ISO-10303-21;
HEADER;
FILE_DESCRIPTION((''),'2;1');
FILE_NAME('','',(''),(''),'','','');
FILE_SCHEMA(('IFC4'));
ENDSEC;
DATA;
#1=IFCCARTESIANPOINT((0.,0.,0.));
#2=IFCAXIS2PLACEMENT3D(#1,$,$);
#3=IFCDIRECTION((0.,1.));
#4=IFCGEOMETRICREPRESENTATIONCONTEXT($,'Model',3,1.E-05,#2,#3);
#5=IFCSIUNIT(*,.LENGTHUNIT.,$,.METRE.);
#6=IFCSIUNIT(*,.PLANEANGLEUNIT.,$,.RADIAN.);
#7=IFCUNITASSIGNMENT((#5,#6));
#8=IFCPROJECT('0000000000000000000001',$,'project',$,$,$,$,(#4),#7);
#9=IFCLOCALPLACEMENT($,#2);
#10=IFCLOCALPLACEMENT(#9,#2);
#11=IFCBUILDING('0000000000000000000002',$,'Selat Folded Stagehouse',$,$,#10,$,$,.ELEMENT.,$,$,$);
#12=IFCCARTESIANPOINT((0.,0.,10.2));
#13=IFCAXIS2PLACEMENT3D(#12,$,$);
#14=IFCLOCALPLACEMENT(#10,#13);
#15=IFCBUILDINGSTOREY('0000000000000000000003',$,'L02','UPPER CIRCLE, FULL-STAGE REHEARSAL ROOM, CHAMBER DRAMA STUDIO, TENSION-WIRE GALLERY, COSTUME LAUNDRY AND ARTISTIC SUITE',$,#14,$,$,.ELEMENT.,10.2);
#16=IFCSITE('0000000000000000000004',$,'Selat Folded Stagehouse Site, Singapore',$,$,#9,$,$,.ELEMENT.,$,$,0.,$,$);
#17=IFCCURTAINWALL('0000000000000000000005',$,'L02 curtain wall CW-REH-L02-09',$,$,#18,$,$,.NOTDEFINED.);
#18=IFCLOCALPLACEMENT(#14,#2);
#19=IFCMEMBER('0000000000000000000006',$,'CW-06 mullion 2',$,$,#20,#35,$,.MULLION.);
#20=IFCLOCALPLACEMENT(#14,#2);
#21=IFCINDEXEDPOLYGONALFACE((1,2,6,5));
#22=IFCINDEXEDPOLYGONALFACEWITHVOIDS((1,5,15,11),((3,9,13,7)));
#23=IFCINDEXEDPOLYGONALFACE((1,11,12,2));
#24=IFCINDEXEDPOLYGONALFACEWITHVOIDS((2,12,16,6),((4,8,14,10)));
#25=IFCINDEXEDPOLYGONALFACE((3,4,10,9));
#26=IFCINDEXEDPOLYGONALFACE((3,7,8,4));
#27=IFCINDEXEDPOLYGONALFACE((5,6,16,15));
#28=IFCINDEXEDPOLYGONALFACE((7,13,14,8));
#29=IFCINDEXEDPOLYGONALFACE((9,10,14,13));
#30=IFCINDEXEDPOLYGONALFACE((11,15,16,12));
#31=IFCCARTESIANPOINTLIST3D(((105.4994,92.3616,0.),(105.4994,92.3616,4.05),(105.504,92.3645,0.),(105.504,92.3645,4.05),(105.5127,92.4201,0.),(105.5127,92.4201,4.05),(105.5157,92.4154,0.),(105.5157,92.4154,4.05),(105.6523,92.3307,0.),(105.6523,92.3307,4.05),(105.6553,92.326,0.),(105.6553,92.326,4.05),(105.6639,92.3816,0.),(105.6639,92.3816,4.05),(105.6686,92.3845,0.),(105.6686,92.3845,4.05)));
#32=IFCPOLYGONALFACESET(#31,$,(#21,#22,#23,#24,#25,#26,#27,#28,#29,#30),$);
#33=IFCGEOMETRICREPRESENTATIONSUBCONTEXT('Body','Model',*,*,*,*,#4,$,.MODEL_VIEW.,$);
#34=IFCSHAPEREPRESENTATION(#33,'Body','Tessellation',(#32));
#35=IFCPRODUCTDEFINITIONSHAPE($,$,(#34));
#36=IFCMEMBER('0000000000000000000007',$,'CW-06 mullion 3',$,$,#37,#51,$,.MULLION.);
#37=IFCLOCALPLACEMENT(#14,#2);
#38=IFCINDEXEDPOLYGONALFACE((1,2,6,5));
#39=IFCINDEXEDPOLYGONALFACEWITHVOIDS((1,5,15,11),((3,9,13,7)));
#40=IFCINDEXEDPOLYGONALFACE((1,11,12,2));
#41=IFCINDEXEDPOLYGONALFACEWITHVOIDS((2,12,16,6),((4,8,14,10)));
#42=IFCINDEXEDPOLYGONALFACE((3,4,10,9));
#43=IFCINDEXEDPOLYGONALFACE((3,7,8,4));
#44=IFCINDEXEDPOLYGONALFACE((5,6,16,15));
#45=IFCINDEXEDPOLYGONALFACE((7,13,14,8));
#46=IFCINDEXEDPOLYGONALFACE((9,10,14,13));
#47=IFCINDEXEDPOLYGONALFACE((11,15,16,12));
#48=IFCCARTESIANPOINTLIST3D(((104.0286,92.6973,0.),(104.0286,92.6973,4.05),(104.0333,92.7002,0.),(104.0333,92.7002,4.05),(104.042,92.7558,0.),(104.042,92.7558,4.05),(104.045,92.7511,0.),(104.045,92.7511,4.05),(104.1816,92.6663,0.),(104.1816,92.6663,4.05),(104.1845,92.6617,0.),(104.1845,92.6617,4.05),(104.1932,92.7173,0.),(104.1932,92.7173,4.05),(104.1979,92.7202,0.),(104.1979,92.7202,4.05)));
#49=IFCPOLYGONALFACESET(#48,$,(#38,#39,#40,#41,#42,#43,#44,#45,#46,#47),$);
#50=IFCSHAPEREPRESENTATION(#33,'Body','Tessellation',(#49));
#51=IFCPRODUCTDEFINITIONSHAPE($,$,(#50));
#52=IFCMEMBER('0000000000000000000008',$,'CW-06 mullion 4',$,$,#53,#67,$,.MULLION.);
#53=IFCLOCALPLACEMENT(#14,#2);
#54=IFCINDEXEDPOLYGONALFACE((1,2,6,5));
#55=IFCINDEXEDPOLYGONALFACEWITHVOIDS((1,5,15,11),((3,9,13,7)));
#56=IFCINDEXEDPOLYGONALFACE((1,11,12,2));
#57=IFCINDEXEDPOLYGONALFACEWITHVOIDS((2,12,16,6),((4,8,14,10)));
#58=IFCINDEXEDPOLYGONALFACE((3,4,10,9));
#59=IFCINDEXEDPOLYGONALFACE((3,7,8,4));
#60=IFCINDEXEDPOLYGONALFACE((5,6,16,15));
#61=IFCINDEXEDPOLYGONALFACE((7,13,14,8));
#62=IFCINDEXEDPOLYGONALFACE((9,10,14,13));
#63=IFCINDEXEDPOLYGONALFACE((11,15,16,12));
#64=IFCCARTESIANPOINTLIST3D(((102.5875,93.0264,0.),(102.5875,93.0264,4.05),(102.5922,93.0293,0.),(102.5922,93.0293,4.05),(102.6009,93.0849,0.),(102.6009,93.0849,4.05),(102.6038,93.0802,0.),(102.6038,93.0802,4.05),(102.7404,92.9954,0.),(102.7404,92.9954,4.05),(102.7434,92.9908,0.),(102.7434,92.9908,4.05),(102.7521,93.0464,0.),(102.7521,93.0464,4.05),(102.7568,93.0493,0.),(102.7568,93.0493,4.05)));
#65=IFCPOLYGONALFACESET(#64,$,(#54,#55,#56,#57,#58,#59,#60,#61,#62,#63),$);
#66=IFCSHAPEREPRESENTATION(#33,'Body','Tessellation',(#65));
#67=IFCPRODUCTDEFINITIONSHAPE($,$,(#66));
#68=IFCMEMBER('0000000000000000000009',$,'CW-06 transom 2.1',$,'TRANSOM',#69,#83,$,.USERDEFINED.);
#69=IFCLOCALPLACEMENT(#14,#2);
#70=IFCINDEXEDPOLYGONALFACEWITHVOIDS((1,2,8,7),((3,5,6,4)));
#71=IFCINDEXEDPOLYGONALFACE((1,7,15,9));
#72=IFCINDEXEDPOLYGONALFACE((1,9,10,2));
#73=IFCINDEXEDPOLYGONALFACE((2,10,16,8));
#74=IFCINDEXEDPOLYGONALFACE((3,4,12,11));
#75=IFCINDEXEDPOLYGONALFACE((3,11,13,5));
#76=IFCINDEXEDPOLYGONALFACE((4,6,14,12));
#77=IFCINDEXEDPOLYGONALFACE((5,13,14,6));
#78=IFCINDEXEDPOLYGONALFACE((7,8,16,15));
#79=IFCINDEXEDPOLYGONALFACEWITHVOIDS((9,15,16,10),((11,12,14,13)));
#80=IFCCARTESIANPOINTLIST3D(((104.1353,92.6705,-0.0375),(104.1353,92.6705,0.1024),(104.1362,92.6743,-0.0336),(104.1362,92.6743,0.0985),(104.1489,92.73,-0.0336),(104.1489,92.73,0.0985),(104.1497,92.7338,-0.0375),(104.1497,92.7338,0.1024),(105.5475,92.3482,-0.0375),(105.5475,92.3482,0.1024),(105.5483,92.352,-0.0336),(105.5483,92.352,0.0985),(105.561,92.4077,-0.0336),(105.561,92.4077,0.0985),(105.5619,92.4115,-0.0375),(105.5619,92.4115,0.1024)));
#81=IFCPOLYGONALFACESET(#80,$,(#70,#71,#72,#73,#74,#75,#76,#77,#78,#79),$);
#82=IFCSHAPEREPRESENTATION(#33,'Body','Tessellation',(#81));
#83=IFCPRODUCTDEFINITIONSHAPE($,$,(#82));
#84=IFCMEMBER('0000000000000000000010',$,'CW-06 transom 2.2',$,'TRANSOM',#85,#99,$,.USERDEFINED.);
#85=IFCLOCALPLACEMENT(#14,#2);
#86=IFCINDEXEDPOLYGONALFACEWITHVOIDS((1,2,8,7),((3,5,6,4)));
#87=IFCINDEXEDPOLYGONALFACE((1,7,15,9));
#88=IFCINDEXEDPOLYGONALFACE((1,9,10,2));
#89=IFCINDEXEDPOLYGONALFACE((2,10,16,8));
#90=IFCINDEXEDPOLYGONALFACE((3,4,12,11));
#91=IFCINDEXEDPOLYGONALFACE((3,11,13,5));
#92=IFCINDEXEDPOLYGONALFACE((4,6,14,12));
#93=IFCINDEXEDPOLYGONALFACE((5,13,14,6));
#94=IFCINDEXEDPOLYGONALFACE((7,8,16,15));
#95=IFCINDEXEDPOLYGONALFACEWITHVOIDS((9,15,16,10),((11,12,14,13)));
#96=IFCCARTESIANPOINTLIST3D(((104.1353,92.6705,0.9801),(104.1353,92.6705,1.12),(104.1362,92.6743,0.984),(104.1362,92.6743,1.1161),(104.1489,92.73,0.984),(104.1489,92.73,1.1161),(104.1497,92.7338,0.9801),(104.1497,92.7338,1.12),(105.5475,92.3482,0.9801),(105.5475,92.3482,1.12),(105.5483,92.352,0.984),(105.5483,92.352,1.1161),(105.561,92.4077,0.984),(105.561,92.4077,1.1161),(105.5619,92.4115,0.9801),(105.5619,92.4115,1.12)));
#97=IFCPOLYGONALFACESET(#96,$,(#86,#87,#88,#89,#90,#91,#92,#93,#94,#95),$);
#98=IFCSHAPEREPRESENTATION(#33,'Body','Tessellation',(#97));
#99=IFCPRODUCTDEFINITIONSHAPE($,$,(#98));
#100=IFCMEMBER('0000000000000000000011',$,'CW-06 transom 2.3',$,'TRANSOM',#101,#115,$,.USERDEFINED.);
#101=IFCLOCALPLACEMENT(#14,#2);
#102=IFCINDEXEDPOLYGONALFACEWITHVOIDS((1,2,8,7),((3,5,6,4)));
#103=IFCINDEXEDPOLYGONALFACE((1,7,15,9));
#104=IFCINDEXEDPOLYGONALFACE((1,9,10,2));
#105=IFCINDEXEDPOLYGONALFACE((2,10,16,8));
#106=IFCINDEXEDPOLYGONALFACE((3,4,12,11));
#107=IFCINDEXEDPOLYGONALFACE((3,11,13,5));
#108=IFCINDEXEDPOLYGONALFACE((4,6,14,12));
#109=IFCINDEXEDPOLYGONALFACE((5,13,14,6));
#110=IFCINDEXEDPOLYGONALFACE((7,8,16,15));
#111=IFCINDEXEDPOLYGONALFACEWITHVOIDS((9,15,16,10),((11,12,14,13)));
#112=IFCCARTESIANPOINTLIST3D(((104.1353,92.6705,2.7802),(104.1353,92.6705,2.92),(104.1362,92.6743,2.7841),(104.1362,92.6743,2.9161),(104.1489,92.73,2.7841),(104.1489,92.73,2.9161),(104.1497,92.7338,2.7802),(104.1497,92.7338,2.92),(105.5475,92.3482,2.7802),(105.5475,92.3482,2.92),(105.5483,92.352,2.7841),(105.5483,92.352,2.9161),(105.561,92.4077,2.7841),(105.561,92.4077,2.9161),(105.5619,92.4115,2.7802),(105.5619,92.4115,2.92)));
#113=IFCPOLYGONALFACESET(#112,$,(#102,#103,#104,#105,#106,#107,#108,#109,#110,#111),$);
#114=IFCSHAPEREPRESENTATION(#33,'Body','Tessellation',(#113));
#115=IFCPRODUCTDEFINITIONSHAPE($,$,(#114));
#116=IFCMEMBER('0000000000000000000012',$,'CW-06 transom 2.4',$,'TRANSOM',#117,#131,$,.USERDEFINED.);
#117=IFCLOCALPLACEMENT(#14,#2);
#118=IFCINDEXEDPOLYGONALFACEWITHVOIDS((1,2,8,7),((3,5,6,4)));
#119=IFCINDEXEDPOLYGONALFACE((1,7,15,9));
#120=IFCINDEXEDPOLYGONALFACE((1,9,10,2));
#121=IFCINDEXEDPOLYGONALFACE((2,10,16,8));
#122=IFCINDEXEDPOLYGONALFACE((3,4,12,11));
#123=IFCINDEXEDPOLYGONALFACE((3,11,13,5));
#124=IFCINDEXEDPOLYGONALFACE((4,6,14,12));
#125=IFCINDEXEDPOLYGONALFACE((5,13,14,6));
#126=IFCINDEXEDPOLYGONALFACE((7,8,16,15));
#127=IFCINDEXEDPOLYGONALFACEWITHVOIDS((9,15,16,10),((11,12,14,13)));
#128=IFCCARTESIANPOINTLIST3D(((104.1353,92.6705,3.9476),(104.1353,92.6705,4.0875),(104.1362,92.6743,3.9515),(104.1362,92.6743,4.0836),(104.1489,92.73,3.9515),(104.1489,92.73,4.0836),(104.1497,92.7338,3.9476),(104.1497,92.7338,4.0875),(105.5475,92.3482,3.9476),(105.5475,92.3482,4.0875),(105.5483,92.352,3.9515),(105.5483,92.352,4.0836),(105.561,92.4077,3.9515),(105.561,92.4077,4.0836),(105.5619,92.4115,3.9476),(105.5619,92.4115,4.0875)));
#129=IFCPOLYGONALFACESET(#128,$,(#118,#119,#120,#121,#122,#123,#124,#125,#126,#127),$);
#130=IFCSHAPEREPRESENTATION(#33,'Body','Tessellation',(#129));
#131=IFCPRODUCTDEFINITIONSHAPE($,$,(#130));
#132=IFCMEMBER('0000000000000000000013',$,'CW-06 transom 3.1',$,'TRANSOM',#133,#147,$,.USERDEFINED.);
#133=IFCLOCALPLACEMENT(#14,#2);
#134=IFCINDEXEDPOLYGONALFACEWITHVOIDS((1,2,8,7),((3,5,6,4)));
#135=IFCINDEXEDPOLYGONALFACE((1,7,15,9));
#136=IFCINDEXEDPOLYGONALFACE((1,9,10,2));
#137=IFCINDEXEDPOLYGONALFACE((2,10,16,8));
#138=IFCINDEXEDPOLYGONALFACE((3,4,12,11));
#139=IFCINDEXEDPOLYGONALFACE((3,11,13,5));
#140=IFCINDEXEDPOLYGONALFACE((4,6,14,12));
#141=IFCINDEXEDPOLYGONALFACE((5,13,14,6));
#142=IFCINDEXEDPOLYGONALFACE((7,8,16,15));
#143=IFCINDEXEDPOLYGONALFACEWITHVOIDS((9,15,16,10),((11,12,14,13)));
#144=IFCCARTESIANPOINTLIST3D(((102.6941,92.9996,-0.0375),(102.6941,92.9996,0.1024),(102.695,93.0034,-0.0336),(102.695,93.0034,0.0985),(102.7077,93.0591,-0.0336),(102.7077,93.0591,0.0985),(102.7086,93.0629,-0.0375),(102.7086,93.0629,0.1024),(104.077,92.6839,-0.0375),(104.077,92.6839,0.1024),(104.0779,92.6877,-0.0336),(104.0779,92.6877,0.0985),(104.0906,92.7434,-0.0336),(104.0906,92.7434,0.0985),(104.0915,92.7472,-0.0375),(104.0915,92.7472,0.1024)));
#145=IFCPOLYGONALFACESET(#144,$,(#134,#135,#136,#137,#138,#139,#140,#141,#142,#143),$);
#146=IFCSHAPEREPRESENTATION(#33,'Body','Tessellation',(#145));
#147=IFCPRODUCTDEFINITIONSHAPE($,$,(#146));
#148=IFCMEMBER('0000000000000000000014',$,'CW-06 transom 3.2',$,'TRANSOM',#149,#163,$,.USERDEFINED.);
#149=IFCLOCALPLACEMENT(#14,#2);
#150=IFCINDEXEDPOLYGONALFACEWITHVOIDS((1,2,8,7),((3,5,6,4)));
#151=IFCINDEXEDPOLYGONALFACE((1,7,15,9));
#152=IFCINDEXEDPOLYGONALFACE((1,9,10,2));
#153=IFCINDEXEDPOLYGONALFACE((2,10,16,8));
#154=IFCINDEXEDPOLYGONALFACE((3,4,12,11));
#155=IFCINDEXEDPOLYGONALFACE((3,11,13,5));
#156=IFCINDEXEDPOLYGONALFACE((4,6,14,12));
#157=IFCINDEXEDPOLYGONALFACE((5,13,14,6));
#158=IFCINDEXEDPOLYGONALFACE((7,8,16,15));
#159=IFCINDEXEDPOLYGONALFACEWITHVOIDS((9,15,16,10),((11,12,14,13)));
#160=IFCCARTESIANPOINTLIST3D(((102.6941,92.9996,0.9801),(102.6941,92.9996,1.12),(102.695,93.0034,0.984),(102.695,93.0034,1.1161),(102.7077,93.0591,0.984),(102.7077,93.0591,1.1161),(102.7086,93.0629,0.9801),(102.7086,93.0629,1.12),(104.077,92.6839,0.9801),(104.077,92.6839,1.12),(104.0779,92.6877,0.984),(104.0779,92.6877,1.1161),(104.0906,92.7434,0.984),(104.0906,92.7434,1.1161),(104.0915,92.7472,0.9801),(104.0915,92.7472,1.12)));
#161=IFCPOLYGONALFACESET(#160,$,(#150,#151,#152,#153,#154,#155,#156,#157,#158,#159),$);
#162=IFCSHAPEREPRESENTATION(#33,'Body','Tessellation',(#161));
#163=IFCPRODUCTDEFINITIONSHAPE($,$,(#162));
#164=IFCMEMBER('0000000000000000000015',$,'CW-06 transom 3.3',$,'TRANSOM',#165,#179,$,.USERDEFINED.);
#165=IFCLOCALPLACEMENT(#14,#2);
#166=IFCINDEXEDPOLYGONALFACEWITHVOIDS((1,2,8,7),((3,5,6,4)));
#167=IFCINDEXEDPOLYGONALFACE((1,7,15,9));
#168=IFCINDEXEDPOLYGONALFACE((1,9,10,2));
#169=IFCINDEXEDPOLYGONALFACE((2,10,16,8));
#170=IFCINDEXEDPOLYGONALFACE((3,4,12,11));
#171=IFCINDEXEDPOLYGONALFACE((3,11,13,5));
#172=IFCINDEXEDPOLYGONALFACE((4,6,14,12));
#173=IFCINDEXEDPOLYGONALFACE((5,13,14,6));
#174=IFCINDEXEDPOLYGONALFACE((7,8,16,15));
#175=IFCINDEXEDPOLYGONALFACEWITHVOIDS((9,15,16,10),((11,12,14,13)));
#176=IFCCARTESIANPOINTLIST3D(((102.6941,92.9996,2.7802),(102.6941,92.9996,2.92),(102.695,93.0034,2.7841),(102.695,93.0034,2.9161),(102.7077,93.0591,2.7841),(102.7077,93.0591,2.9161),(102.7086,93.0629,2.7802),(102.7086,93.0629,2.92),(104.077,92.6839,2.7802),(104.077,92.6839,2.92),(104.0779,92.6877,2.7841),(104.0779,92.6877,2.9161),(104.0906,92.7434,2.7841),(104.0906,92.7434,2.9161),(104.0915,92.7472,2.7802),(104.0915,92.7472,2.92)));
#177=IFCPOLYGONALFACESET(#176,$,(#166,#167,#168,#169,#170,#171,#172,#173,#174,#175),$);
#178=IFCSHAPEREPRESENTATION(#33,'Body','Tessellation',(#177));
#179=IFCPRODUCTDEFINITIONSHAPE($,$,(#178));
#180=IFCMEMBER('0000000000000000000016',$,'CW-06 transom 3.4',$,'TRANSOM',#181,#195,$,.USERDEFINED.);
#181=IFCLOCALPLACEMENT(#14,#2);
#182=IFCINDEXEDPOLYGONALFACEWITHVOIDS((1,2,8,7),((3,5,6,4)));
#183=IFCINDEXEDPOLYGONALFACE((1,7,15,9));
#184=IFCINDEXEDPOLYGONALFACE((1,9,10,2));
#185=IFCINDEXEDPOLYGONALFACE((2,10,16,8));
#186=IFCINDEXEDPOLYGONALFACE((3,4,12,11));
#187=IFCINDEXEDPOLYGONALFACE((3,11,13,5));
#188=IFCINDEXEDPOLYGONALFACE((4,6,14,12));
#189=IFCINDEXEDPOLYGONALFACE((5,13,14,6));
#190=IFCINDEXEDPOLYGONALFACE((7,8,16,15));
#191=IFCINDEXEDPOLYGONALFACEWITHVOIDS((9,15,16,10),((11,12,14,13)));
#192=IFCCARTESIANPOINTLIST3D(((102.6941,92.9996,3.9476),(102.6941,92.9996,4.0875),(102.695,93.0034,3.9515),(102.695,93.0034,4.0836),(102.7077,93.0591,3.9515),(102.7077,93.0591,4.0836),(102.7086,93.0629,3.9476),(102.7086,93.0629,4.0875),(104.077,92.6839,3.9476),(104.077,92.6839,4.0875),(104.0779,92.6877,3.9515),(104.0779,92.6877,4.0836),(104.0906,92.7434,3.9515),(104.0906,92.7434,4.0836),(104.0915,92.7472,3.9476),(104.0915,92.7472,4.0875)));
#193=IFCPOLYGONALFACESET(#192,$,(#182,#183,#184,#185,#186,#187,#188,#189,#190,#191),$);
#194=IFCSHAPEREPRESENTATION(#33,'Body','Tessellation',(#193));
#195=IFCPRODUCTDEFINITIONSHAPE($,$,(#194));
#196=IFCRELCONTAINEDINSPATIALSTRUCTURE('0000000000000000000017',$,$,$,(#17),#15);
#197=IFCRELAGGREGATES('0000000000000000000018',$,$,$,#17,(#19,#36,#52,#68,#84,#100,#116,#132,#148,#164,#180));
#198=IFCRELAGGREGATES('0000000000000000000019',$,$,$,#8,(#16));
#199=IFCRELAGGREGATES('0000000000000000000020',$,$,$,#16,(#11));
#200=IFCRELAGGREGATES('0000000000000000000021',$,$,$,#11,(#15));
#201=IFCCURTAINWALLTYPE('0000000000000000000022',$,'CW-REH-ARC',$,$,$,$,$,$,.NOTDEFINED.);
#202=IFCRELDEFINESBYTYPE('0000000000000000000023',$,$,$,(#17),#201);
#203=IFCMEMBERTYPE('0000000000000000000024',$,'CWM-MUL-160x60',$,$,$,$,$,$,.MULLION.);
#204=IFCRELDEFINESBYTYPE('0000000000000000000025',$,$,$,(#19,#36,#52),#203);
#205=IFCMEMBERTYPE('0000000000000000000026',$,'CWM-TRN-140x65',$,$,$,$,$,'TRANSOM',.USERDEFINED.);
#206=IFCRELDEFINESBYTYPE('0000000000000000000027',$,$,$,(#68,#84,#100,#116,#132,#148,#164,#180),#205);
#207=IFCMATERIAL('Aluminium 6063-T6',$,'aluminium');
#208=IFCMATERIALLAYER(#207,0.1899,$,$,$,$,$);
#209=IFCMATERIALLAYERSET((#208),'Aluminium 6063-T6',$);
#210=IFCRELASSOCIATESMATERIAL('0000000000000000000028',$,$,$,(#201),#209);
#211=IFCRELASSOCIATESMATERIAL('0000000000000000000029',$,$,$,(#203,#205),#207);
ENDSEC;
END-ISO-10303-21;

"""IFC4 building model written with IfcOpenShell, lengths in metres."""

from ifc_helpers import new_model, si_unit, direction, frame, origin, origin_2d, place, context, subcontext, project, spatial, hollow_rectangle, extrude, material, layer, layer_set, material_profile, profile_set, type_object, element, aggregate, save


model = new_model("IFC4")

# Units and contexts
model_context = context("Model", 3, precision=1e-05, world=origin(), true_north=direction((0.0, 1.0)))
body_context = subcontext(model_context, "Body", "Model", "MODEL_VIEW")
ifc_project = project(units=[si_unit("LENGTHUNIT", "METRE"), si_unit("PLANEANGLEUNIT", "RADIAN")], contexts=[model_context])

# Site, building, storey
site_placement = place(None, origin())
site = spatial("IfcSite", under=ifc_project, at=site_placement, Name="Selat Folded Stagehouse Site, Singapore", CompositionType="ELEMENT", RefElevation=0.0)
building_placement = place(site_placement, origin())
building = spatial("IfcBuilding", under=site, at=building_placement, Name="Selat Folded Stagehouse", CompositionType="ELEMENT")
storey_placement = place(building_placement, frame((0.0, 0.0, 10.2)))
storey = spatial("IfcBuildingStorey", under=building, at=storey_placement, Name="L02", Description="UPPER CIRCLE, FULL-STAGE REHEARSAL ROOM, CHAMBER DRAMA STUDIO, TENSION-WIRE GALLERY, COSTUME LAUNDRY AND ARTISTIC SUITE", CompositionType="ELEMENT", Elevation=10.2)

# Curtain wall, members
ifc_material_1 = material(Name="Aluminium 6063-T6", Category="aluminium")
ifc_layer_1 = layer(ifc_material_1, 0.1899)
ifc_layer_set_1 = layer_set([ifc_layer_1], Name="Aluminium 6063-T6")
curtain_wall_type = type_object("IfcCurtainWallType", Name="CW-REH-ARC", PredefinedType="NOTDEFINED", material=ifc_layer_set_1)
curtain_wall_placement = place(storey_placement, origin())
curtain_wall = element("IfcCurtainWall", 1, at=curtain_wall_placement, inside=storey, type_object=curtain_wall_type, Name="L02 curtain wall CW-REH-L02-09", PredefinedType="NOTDEFINED")
ifc_material_profile_1 = material_profile(ifc_material_1, hollow_rectangle(XDim=0.0601, YDim=0.1599, WallThickness=0.0039, at=origin_2d()), Name="ALU 160x60x4.0")
ifc_profile_set_1 = profile_set([ifc_material_profile_1], Name="Aluminium 6063-T6")
member_type_1 = type_object("IfcMemberType", Name="CWM-MUL-160x60", PredefinedType="MULLION", material=ifc_profile_set_1)
member_1_placement = place(storey_placement, frame((105.584, 92.373, 0.0), z_axis=(0.0, 0.0, 1.0), x_axis=(-0.222543, -0.974923, 0.0)))
member_1 = element("IfcMember", 2, at=member_1_placement, type_object=member_type_1, Name="CW-06 mullion 2", PredefinedType="MULLION", context=body_context, shape_type="SweptSolid", body=[
    extrude(hollow_rectangle(XDim=0.0601, YDim=0.1599, WallThickness=0.0039, at=origin_2d()), origin(), (0.0, 0.0, 1.0), 4.05),
])
member_2_placement = place(storey_placement, frame((104.1133, 92.7087, 0.0), z_axis=(0.0, 0.0, 1.0), x_axis=(-0.222543, -0.974923, 0.0)))
member_2 = element("IfcMember", 3, at=member_2_placement, type_object=member_type_1, Name="CW-06 mullion 3", PredefinedType="MULLION", context=body_context, shape_type="SweptSolid", body=[
    extrude(hollow_rectangle(XDim=0.0601, YDim=0.1599, WallThickness=0.0039, at=origin_2d()), origin(), (0.0, 0.0, 1.0), 4.05),
])
member_3_placement = place(storey_placement, frame((102.6721, 93.0378, 0.0), z_axis=(0.0, 0.0, 1.0), x_axis=(-0.222543, -0.974923, 0.0)))
member_3 = element("IfcMember", 4, at=member_3_placement, type_object=member_type_1, Name="CW-06 mullion 4", PredefinedType="MULLION", context=body_context, shape_type="SweptSolid", body=[
    extrude(hollow_rectangle(XDim=0.0601, YDim=0.1599, WallThickness=0.0039, at=origin_2d()), origin(), (0.0, 0.0, 1.0), 4.05),
])
ifc_material_profile_2 = material_profile(ifc_material_1, hollow_rectangle(XDim=0.0649, YDim=0.1399, WallThickness=0.0039, at=origin_2d()), Name="ALU 140x65x4.0")
ifc_profile_set_2 = profile_set([ifc_material_profile_2], Name="Aluminium 6063-T6")
member_type_2 = type_object("IfcMemberType", Name="CWM-TRN-140x65", ElementType="TRANSOM", PredefinedType="USERDEFINED", material=ifc_profile_set_2)
member_4_placement = place(storey_placement, frame((105.5547, 92.3799, 0.0325), z_axis=(-0.974934, 0.222495, 0.0), x_axis=(-0.222495, -0.974934, 0.0)))
member_4 = element("IfcMember", 5, at=member_4_placement, type_object=member_type_2, Name="CW-06 transom 2.1", ObjectType="TRANSOM", PredefinedType="USERDEFINED", context=body_context, shape_type="SweptSolid", body=[
    extrude(hollow_rectangle(XDim=0.0649, YDim=0.1399, WallThickness=0.0039, at=origin_2d()), origin(), (0.0, 0.0, 1.0), 1.4485),
])
member_5_placement = place(storey_placement, frame((105.5547, 92.3799, 1.05), z_axis=(-0.974934, 0.222495, 0.0), x_axis=(-0.222495, -0.974934, 0.0)))
member_5 = element("IfcMember", 6, at=member_5_placement, type_object=member_type_2, Name="CW-06 transom 2.2", ObjectType="TRANSOM", PredefinedType="USERDEFINED", context=body_context, shape_type="SweptSolid", body=[
    extrude(hollow_rectangle(XDim=0.0649, YDim=0.1399, WallThickness=0.0039, at=origin_2d()), origin(), (0.0, 0.0, 1.0), 1.4485),
])
member_6_placement = place(storey_placement, frame((105.5547, 92.3799, 2.8501), z_axis=(-0.974934, 0.222495, 0.0), x_axis=(-0.222495, -0.974934, 0.0)))
member_6 = element("IfcMember", 7, at=member_6_placement, type_object=member_type_2, Name="CW-06 transom 2.3", ObjectType="TRANSOM", PredefinedType="USERDEFINED", context=body_context, shape_type="SweptSolid", body=[
    extrude(hollow_rectangle(XDim=0.0649, YDim=0.1399, WallThickness=0.0039, at=origin_2d()), origin(), (0.0, 0.0, 1.0), 1.4485),
])
member_7_placement = place(storey_placement, frame((105.5547, 92.3799, 4.0176), z_axis=(-0.974934, 0.222495, 0.0), x_axis=(-0.222495, -0.974934, 0.0)))
member_7 = element("IfcMember", 8, at=member_7_placement, type_object=member_type_2, Name="CW-06 transom 2.4", ObjectType="TRANSOM", PredefinedType="USERDEFINED", context=body_context, shape_type="SweptSolid", body=[
    extrude(hollow_rectangle(XDim=0.0649, YDim=0.1399, WallThickness=0.0039, at=origin_2d()), origin(), (0.0, 0.0, 1.0), 1.4485),
])
member_8_placement = place(storey_placement, frame((104.0842, 92.7156, 0.0325), z_axis=(-0.974919, 0.222558, 0.0), x_axis=(-0.222558, -0.974919, 0.0)))
member_8 = element("IfcMember", 9, at=member_8_placement, type_object=member_type_2, Name="CW-06 transom 3.1", ObjectType="TRANSOM", PredefinedType="USERDEFINED", context=body_context, shape_type="SweptSolid", body=[
    extrude(hollow_rectangle(XDim=0.0649, YDim=0.1399, WallThickness=0.0039, at=origin_2d()), origin(), (0.0, 0.0, 1.0), 1.4185),
])
member_9_placement = place(storey_placement, frame((104.0842, 92.7156, 1.05), z_axis=(-0.974919, 0.222558, 0.0), x_axis=(-0.222558, -0.974919, 0.0)))
member_9 = element("IfcMember", 10, at=member_9_placement, type_object=member_type_2, Name="CW-06 transom 3.2", ObjectType="TRANSOM", PredefinedType="USERDEFINED", context=body_context, shape_type="SweptSolid", body=[
    extrude(hollow_rectangle(XDim=0.0649, YDim=0.1399, WallThickness=0.0039, at=origin_2d()), origin(), (0.0, 0.0, 1.0), 1.4185),
])
member_10_placement = place(storey_placement, frame((104.0842, 92.7156, 2.8501), z_axis=(-0.974919, 0.222558, 0.0), x_axis=(-0.222558, -0.974919, 0.0)))
member_10 = element("IfcMember", 11, at=member_10_placement, type_object=member_type_2, Name="CW-06 transom 3.3", ObjectType="TRANSOM", PredefinedType="USERDEFINED", context=body_context, shape_type="SweptSolid", body=[
    extrude(hollow_rectangle(XDim=0.0649, YDim=0.1399, WallThickness=0.0039, at=origin_2d()), origin(), (0.0, 0.0, 1.0), 1.4185),
])
member_11_placement = place(storey_placement, frame((104.0842, 92.7156, 4.0176), z_axis=(-0.974919, 0.222558, 0.0), x_axis=(-0.222558, -0.974919, 0.0)))
member_11 = element("IfcMember", 12, at=member_11_placement, type_object=member_type_2, Name="CW-06 transom 3.4", ObjectType="TRANSOM", PredefinedType="USERDEFINED", context=body_context, shape_type="SweptSolid", body=[
    extrude(hollow_rectangle(XDim=0.0649, YDim=0.1399, WallThickness=0.0039, at=origin_2d()), origin(), (0.0, 0.0, 1.0), 1.4185),
])

aggregate(curtain_wall, [member_1, member_2, member_3, member_4, member_5, member_6, member_7, member_8, member_9, member_10, member_11])

save(model, "model.ifc")
